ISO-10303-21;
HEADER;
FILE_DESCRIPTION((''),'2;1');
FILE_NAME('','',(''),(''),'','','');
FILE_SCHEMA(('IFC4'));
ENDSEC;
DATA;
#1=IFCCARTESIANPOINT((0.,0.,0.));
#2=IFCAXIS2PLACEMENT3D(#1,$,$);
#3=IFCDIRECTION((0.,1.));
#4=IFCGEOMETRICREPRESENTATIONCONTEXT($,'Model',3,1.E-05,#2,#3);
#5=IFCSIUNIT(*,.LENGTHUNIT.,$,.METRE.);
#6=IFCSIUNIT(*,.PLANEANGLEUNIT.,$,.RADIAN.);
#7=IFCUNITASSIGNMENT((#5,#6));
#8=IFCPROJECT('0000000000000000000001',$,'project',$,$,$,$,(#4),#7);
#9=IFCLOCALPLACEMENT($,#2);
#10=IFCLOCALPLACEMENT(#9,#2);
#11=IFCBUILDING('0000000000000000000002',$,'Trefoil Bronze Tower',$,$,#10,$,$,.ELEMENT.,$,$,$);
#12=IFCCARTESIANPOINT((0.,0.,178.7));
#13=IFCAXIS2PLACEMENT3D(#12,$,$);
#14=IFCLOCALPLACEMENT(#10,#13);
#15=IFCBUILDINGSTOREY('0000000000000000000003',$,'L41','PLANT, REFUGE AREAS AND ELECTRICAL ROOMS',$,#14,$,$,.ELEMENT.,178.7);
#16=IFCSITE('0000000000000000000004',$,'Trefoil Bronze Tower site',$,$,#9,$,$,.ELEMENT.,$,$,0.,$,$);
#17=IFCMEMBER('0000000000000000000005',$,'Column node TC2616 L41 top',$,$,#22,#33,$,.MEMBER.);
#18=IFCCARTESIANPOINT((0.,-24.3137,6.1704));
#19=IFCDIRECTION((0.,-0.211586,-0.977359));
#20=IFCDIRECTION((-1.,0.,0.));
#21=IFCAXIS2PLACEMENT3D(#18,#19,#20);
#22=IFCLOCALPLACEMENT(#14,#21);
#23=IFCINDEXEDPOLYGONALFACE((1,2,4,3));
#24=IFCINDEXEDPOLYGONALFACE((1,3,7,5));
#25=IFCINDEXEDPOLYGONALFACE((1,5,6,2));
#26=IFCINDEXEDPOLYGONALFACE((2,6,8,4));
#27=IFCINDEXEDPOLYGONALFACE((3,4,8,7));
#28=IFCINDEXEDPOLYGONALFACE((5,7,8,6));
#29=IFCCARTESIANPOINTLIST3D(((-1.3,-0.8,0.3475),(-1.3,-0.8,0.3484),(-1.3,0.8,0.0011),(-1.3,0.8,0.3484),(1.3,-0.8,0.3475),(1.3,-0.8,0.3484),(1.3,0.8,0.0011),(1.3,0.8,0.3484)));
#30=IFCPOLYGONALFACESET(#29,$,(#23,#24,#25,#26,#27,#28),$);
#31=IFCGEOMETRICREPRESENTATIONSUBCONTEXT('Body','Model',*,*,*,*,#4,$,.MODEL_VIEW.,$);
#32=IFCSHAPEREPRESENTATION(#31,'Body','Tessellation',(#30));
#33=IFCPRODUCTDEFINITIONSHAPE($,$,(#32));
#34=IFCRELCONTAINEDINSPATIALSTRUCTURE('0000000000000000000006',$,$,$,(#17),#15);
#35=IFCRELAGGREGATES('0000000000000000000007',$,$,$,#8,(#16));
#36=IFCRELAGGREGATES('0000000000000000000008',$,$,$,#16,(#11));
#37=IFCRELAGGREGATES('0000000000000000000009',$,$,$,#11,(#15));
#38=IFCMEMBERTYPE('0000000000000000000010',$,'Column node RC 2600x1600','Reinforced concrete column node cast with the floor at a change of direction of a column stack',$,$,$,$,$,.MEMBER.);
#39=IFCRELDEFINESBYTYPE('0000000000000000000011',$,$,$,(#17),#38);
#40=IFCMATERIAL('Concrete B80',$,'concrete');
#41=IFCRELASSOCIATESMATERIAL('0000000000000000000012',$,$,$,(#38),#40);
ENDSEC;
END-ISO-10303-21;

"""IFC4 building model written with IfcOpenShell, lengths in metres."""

from ifc_helpers import new_model, si_unit, direction, frame, origin, origin_2d, place, context, subcontext, project, spatial, rectangle, extrude, clip, halfspace, material, material_profile, profile_set, type_object, element, save


model = new_model("IFC4")

# Units and contexts
model_context = context("Model", 3, precision=1e-05, world=origin(), true_north=direction((0.0, 1.0)))
body_context = subcontext(model_context, "Body", "Model", "MODEL_VIEW")
ifc_project = project(units=[si_unit("LENGTHUNIT", "METRE"), si_unit("PLANEANGLEUNIT", "RADIAN")], contexts=[model_context])

# Site, building, storey
site_placement = place(None, origin())
site = spatial("IfcSite", under=ifc_project, at=site_placement, Name="Trefoil Bronze Tower site", CompositionType="ELEMENT", RefElevation=0.0)
building_placement = place(site_placement, origin())
building = spatial("IfcBuilding", under=site, at=building_placement, Name="Trefoil Bronze Tower", CompositionType="ELEMENT")
storey_placement = place(building_placement, frame((0.0, 0.0, 178.7)))
storey = spatial("IfcBuildingStorey", under=building, at=storey_placement, Name="L41", Description="PLANT, REFUGE AREAS AND ELECTRICAL ROOMS", CompositionType="ELEMENT", Elevation=178.7)

# Member
ifc_material_1 = material(Name="Concrete B80", Category="concrete")
ifc_material_profile_1 = material_profile(ifc_material_1, rectangle(XDim=2.6001, YDim=1.6001, at=origin_2d()), Name="RC 2600x1600")
ifc_profile_set_1 = profile_set([ifc_material_profile_1], Name="Concrete B80")
member_type_1 = type_object("IfcMemberType", Name="Column node RC 2600x1600", Description="Reinforced concrete column node cast with the floor at a change of direction of a column stack", PredefinedType="MEMBER", material=ifc_profile_set_1)
member_1_placement = place(storey_placement, frame((0.0, -24.3137, 6.1704), z_axis=(0.0, -0.211586, -0.977359), x_axis=(-1.0, 0.0, 0.0)))
element("IfcMember", 1, at=member_1_placement, inside=storey, type_object=member_type_1, Name="Column node TC2616 L41 top", PredefinedType="MEMBER", context=body_context, shape_type="Clipping", body=[
    clip(extrude(rectangle(XDim=2.6001, YDim=1.6001, at=origin_2d()), origin(), (0.0, 0.0, 1.0), 0.3484), halfspace(frame((0.0, 0.0, 0.1743), z_axis=(0.0, 0.211586, 0.977359), x_axis=(0.0, 0.977359, -0.211586)), True)),
])

save(model, "model.ifc")
